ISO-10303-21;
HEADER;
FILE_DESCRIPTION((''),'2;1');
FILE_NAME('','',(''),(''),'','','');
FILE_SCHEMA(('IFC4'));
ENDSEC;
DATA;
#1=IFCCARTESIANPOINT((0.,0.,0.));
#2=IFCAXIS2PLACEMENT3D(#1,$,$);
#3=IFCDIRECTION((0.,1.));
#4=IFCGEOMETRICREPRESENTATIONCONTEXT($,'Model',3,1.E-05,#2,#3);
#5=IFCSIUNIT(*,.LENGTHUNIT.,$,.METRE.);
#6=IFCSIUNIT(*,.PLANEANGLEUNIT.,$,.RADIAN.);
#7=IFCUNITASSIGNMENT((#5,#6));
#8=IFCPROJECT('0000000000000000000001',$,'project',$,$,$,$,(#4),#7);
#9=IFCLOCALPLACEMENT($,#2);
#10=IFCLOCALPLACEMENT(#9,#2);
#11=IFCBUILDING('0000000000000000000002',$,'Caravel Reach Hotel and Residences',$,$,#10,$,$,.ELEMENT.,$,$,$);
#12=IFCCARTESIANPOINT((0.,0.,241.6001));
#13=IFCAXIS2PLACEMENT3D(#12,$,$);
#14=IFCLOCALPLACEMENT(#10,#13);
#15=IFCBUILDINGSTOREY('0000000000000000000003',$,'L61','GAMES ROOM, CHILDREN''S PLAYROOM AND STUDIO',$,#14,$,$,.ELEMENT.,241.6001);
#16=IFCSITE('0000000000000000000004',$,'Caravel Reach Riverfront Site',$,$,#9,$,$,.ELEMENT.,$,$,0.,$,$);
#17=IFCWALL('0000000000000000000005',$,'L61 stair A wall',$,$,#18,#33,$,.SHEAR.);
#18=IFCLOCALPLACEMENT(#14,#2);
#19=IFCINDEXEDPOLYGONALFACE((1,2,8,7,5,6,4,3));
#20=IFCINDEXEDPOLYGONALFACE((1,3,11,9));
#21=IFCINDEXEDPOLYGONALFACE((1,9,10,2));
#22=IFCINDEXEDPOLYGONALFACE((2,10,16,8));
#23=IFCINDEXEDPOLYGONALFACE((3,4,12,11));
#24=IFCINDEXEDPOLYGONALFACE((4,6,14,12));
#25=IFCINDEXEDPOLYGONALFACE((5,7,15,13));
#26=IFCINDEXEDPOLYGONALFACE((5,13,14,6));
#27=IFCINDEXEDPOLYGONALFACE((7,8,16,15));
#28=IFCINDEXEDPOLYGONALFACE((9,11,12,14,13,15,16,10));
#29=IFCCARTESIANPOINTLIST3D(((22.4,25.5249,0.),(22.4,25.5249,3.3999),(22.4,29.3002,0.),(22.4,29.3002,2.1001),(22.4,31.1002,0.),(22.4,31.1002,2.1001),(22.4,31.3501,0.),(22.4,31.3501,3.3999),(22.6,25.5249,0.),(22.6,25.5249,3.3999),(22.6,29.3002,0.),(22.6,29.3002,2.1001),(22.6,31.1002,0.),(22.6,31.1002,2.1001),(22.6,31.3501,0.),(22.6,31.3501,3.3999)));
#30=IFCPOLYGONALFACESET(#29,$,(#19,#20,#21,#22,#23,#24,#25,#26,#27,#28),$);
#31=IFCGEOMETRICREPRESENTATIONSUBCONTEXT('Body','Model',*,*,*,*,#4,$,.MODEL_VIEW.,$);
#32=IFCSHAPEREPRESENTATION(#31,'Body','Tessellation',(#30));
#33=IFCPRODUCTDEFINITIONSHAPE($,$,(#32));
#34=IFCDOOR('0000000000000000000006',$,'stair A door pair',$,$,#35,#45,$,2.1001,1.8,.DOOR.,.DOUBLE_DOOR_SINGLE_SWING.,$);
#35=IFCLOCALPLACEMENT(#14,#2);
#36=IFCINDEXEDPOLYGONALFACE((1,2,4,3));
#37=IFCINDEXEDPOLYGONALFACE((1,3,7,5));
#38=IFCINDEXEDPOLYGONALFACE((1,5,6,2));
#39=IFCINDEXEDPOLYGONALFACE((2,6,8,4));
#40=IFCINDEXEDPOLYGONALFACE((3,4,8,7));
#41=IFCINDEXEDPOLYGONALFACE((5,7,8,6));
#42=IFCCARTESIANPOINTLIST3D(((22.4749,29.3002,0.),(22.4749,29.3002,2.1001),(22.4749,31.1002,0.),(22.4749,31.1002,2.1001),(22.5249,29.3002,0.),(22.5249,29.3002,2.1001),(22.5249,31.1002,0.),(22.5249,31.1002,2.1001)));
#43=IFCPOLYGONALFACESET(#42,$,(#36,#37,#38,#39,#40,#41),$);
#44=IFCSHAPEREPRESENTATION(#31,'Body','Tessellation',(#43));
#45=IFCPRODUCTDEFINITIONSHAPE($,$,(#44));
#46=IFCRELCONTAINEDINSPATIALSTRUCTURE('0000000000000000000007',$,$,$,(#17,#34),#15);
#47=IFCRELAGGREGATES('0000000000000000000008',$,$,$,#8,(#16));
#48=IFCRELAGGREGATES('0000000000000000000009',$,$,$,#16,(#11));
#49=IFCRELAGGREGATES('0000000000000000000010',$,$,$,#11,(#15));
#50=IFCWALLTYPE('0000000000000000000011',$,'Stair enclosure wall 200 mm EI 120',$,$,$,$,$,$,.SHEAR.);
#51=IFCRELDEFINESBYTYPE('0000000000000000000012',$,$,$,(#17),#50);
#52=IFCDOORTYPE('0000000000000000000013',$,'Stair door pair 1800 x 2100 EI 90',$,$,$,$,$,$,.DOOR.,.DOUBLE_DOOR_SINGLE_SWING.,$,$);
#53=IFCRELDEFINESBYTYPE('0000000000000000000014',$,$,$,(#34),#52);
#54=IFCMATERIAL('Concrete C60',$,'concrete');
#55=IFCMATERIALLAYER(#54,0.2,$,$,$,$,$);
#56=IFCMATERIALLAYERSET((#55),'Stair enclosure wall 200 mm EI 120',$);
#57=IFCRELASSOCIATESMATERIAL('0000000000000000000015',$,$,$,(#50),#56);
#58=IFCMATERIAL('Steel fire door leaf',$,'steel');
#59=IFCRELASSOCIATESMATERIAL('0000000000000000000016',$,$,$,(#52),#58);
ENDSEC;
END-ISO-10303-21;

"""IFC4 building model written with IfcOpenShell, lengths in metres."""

from ifc_helpers import new_model, si_unit, direction, frame, frame_2d, origin, place, context, subcontext, project, spatial, rectangle, extrude, material, layer, layer_set, type_object, element, fill, save


model = new_model("IFC4")

# Units and contexts
model_context = context("Model", 3, precision=1e-05, world=origin(), true_north=direction((0.0, 1.0)))
body_context = subcontext(model_context, "Body", "Model", "MODEL_VIEW")
ifc_project = project(units=[si_unit("LENGTHUNIT", "METRE"), si_unit("PLANEANGLEUNIT", "RADIAN")], contexts=[model_context])

# Site, building, storey
site_placement = place(None, origin())
site = spatial("IfcSite", under=ifc_project, at=site_placement, Name="Caravel Reach Riverfront Site", CompositionType="ELEMENT", RefElevation=0.0)
building_placement = place(site_placement, origin())
building = spatial("IfcBuilding", under=site, at=building_placement, Name="Caravel Reach Hotel and Residences", CompositionType="ELEMENT")
storey_placement = place(building_placement, frame((0.0, 0.0, 241.6001)))
storey = spatial("IfcBuildingStorey", under=building, at=storey_placement, Name="L61", Description="GAMES ROOM, CHILDREN'S PLAYROOM AND STUDIO", CompositionType="ELEMENT", Elevation=241.6001)

# Wall, opening, door
ifc_material_1 = material(Name="Concrete C60", Category="concrete")
ifc_layer_1 = layer(ifc_material_1, 0.2)
ifc_layer_set_1 = layer_set([ifc_layer_1], Name="Stair enclosure wall 200 mm EI 120")
wall_type_1 = type_object("IfcWallType", Name="Stair enclosure wall 200 mm EI 120", PredefinedType="SHEAR", material=ifc_layer_set_1)
wall_1_placement = place(storey_placement, frame((22.5, 31.3501, 0.0), z_axis=(0.0, 0.0, 1.0), x_axis=(0.0, -1.0, 0.0)))
wall_1 = element("IfcWall", 1, at=wall_1_placement, inside=storey, type_object=wall_type_1, Name="L61 stair A wall", PredefinedType="SHEAR", context=body_context, shape_type="SweptSolid", body=[
    extrude(rectangle(XDim=5.8252, YDim=0.2, at=frame_2d((2.9126, 0.0))), origin(), (0.0, 0.0, 1.0), 3.3999),
])
opening_1_placement = place(wall_1_placement, frame((0.25, 0.0, 0.0)))
opening_1 = element("IfcOpeningElement", 2, at=opening_1_placement, cuts=wall_1, PredefinedType="OPENING", context=body_context, shape_type="SweptSolid", body=[
    extrude(rectangle(XDim=1.8, YDim=2.1001, at=frame_2d((0.8999, 1.05))), frame((0.0, 0.1099, 0.0), z_axis=(0.0, -1.0, 0.0), x_axis=(1.0, 0.0, 0.0)), (0.0, 0.0, 1.0), 0.22),
])
ifc_material_2 = material(Name="Steel fire door leaf", Category="steel")
door_type_1 = type_object("IfcDoorType", Name="Stair door pair 1800 x 2100 EI 90", OperationType="DOUBLE_DOOR_SINGLE_SWING", PredefinedType="DOOR", material=ifc_material_2)
door_1_placement = place(opening_1_placement, origin())
door_1 = element("IfcDoor", 3, at=door_1_placement, inside=storey, type_object=door_type_1, Name="stair A door pair", OperationType="DOUBLE_DOOR_SINGLE_SWING", OverallHeight=2.1001, OverallWidth=1.8, PredefinedType="DOOR", context=body_context, shape_type="SweptSolid", body=[
    extrude(rectangle(XDim=1.8, YDim=2.1001, at=frame_2d((0.8999, 1.05))), frame((0.0, 0.0249, 0.0), z_axis=(0.0, -1.0, 0.0), x_axis=(1.0, 0.0, 0.0)), (0.0, 0.0, 1.0), 0.05),
])
fill(opening_1, door_1)

save(model, "model.ifc")
